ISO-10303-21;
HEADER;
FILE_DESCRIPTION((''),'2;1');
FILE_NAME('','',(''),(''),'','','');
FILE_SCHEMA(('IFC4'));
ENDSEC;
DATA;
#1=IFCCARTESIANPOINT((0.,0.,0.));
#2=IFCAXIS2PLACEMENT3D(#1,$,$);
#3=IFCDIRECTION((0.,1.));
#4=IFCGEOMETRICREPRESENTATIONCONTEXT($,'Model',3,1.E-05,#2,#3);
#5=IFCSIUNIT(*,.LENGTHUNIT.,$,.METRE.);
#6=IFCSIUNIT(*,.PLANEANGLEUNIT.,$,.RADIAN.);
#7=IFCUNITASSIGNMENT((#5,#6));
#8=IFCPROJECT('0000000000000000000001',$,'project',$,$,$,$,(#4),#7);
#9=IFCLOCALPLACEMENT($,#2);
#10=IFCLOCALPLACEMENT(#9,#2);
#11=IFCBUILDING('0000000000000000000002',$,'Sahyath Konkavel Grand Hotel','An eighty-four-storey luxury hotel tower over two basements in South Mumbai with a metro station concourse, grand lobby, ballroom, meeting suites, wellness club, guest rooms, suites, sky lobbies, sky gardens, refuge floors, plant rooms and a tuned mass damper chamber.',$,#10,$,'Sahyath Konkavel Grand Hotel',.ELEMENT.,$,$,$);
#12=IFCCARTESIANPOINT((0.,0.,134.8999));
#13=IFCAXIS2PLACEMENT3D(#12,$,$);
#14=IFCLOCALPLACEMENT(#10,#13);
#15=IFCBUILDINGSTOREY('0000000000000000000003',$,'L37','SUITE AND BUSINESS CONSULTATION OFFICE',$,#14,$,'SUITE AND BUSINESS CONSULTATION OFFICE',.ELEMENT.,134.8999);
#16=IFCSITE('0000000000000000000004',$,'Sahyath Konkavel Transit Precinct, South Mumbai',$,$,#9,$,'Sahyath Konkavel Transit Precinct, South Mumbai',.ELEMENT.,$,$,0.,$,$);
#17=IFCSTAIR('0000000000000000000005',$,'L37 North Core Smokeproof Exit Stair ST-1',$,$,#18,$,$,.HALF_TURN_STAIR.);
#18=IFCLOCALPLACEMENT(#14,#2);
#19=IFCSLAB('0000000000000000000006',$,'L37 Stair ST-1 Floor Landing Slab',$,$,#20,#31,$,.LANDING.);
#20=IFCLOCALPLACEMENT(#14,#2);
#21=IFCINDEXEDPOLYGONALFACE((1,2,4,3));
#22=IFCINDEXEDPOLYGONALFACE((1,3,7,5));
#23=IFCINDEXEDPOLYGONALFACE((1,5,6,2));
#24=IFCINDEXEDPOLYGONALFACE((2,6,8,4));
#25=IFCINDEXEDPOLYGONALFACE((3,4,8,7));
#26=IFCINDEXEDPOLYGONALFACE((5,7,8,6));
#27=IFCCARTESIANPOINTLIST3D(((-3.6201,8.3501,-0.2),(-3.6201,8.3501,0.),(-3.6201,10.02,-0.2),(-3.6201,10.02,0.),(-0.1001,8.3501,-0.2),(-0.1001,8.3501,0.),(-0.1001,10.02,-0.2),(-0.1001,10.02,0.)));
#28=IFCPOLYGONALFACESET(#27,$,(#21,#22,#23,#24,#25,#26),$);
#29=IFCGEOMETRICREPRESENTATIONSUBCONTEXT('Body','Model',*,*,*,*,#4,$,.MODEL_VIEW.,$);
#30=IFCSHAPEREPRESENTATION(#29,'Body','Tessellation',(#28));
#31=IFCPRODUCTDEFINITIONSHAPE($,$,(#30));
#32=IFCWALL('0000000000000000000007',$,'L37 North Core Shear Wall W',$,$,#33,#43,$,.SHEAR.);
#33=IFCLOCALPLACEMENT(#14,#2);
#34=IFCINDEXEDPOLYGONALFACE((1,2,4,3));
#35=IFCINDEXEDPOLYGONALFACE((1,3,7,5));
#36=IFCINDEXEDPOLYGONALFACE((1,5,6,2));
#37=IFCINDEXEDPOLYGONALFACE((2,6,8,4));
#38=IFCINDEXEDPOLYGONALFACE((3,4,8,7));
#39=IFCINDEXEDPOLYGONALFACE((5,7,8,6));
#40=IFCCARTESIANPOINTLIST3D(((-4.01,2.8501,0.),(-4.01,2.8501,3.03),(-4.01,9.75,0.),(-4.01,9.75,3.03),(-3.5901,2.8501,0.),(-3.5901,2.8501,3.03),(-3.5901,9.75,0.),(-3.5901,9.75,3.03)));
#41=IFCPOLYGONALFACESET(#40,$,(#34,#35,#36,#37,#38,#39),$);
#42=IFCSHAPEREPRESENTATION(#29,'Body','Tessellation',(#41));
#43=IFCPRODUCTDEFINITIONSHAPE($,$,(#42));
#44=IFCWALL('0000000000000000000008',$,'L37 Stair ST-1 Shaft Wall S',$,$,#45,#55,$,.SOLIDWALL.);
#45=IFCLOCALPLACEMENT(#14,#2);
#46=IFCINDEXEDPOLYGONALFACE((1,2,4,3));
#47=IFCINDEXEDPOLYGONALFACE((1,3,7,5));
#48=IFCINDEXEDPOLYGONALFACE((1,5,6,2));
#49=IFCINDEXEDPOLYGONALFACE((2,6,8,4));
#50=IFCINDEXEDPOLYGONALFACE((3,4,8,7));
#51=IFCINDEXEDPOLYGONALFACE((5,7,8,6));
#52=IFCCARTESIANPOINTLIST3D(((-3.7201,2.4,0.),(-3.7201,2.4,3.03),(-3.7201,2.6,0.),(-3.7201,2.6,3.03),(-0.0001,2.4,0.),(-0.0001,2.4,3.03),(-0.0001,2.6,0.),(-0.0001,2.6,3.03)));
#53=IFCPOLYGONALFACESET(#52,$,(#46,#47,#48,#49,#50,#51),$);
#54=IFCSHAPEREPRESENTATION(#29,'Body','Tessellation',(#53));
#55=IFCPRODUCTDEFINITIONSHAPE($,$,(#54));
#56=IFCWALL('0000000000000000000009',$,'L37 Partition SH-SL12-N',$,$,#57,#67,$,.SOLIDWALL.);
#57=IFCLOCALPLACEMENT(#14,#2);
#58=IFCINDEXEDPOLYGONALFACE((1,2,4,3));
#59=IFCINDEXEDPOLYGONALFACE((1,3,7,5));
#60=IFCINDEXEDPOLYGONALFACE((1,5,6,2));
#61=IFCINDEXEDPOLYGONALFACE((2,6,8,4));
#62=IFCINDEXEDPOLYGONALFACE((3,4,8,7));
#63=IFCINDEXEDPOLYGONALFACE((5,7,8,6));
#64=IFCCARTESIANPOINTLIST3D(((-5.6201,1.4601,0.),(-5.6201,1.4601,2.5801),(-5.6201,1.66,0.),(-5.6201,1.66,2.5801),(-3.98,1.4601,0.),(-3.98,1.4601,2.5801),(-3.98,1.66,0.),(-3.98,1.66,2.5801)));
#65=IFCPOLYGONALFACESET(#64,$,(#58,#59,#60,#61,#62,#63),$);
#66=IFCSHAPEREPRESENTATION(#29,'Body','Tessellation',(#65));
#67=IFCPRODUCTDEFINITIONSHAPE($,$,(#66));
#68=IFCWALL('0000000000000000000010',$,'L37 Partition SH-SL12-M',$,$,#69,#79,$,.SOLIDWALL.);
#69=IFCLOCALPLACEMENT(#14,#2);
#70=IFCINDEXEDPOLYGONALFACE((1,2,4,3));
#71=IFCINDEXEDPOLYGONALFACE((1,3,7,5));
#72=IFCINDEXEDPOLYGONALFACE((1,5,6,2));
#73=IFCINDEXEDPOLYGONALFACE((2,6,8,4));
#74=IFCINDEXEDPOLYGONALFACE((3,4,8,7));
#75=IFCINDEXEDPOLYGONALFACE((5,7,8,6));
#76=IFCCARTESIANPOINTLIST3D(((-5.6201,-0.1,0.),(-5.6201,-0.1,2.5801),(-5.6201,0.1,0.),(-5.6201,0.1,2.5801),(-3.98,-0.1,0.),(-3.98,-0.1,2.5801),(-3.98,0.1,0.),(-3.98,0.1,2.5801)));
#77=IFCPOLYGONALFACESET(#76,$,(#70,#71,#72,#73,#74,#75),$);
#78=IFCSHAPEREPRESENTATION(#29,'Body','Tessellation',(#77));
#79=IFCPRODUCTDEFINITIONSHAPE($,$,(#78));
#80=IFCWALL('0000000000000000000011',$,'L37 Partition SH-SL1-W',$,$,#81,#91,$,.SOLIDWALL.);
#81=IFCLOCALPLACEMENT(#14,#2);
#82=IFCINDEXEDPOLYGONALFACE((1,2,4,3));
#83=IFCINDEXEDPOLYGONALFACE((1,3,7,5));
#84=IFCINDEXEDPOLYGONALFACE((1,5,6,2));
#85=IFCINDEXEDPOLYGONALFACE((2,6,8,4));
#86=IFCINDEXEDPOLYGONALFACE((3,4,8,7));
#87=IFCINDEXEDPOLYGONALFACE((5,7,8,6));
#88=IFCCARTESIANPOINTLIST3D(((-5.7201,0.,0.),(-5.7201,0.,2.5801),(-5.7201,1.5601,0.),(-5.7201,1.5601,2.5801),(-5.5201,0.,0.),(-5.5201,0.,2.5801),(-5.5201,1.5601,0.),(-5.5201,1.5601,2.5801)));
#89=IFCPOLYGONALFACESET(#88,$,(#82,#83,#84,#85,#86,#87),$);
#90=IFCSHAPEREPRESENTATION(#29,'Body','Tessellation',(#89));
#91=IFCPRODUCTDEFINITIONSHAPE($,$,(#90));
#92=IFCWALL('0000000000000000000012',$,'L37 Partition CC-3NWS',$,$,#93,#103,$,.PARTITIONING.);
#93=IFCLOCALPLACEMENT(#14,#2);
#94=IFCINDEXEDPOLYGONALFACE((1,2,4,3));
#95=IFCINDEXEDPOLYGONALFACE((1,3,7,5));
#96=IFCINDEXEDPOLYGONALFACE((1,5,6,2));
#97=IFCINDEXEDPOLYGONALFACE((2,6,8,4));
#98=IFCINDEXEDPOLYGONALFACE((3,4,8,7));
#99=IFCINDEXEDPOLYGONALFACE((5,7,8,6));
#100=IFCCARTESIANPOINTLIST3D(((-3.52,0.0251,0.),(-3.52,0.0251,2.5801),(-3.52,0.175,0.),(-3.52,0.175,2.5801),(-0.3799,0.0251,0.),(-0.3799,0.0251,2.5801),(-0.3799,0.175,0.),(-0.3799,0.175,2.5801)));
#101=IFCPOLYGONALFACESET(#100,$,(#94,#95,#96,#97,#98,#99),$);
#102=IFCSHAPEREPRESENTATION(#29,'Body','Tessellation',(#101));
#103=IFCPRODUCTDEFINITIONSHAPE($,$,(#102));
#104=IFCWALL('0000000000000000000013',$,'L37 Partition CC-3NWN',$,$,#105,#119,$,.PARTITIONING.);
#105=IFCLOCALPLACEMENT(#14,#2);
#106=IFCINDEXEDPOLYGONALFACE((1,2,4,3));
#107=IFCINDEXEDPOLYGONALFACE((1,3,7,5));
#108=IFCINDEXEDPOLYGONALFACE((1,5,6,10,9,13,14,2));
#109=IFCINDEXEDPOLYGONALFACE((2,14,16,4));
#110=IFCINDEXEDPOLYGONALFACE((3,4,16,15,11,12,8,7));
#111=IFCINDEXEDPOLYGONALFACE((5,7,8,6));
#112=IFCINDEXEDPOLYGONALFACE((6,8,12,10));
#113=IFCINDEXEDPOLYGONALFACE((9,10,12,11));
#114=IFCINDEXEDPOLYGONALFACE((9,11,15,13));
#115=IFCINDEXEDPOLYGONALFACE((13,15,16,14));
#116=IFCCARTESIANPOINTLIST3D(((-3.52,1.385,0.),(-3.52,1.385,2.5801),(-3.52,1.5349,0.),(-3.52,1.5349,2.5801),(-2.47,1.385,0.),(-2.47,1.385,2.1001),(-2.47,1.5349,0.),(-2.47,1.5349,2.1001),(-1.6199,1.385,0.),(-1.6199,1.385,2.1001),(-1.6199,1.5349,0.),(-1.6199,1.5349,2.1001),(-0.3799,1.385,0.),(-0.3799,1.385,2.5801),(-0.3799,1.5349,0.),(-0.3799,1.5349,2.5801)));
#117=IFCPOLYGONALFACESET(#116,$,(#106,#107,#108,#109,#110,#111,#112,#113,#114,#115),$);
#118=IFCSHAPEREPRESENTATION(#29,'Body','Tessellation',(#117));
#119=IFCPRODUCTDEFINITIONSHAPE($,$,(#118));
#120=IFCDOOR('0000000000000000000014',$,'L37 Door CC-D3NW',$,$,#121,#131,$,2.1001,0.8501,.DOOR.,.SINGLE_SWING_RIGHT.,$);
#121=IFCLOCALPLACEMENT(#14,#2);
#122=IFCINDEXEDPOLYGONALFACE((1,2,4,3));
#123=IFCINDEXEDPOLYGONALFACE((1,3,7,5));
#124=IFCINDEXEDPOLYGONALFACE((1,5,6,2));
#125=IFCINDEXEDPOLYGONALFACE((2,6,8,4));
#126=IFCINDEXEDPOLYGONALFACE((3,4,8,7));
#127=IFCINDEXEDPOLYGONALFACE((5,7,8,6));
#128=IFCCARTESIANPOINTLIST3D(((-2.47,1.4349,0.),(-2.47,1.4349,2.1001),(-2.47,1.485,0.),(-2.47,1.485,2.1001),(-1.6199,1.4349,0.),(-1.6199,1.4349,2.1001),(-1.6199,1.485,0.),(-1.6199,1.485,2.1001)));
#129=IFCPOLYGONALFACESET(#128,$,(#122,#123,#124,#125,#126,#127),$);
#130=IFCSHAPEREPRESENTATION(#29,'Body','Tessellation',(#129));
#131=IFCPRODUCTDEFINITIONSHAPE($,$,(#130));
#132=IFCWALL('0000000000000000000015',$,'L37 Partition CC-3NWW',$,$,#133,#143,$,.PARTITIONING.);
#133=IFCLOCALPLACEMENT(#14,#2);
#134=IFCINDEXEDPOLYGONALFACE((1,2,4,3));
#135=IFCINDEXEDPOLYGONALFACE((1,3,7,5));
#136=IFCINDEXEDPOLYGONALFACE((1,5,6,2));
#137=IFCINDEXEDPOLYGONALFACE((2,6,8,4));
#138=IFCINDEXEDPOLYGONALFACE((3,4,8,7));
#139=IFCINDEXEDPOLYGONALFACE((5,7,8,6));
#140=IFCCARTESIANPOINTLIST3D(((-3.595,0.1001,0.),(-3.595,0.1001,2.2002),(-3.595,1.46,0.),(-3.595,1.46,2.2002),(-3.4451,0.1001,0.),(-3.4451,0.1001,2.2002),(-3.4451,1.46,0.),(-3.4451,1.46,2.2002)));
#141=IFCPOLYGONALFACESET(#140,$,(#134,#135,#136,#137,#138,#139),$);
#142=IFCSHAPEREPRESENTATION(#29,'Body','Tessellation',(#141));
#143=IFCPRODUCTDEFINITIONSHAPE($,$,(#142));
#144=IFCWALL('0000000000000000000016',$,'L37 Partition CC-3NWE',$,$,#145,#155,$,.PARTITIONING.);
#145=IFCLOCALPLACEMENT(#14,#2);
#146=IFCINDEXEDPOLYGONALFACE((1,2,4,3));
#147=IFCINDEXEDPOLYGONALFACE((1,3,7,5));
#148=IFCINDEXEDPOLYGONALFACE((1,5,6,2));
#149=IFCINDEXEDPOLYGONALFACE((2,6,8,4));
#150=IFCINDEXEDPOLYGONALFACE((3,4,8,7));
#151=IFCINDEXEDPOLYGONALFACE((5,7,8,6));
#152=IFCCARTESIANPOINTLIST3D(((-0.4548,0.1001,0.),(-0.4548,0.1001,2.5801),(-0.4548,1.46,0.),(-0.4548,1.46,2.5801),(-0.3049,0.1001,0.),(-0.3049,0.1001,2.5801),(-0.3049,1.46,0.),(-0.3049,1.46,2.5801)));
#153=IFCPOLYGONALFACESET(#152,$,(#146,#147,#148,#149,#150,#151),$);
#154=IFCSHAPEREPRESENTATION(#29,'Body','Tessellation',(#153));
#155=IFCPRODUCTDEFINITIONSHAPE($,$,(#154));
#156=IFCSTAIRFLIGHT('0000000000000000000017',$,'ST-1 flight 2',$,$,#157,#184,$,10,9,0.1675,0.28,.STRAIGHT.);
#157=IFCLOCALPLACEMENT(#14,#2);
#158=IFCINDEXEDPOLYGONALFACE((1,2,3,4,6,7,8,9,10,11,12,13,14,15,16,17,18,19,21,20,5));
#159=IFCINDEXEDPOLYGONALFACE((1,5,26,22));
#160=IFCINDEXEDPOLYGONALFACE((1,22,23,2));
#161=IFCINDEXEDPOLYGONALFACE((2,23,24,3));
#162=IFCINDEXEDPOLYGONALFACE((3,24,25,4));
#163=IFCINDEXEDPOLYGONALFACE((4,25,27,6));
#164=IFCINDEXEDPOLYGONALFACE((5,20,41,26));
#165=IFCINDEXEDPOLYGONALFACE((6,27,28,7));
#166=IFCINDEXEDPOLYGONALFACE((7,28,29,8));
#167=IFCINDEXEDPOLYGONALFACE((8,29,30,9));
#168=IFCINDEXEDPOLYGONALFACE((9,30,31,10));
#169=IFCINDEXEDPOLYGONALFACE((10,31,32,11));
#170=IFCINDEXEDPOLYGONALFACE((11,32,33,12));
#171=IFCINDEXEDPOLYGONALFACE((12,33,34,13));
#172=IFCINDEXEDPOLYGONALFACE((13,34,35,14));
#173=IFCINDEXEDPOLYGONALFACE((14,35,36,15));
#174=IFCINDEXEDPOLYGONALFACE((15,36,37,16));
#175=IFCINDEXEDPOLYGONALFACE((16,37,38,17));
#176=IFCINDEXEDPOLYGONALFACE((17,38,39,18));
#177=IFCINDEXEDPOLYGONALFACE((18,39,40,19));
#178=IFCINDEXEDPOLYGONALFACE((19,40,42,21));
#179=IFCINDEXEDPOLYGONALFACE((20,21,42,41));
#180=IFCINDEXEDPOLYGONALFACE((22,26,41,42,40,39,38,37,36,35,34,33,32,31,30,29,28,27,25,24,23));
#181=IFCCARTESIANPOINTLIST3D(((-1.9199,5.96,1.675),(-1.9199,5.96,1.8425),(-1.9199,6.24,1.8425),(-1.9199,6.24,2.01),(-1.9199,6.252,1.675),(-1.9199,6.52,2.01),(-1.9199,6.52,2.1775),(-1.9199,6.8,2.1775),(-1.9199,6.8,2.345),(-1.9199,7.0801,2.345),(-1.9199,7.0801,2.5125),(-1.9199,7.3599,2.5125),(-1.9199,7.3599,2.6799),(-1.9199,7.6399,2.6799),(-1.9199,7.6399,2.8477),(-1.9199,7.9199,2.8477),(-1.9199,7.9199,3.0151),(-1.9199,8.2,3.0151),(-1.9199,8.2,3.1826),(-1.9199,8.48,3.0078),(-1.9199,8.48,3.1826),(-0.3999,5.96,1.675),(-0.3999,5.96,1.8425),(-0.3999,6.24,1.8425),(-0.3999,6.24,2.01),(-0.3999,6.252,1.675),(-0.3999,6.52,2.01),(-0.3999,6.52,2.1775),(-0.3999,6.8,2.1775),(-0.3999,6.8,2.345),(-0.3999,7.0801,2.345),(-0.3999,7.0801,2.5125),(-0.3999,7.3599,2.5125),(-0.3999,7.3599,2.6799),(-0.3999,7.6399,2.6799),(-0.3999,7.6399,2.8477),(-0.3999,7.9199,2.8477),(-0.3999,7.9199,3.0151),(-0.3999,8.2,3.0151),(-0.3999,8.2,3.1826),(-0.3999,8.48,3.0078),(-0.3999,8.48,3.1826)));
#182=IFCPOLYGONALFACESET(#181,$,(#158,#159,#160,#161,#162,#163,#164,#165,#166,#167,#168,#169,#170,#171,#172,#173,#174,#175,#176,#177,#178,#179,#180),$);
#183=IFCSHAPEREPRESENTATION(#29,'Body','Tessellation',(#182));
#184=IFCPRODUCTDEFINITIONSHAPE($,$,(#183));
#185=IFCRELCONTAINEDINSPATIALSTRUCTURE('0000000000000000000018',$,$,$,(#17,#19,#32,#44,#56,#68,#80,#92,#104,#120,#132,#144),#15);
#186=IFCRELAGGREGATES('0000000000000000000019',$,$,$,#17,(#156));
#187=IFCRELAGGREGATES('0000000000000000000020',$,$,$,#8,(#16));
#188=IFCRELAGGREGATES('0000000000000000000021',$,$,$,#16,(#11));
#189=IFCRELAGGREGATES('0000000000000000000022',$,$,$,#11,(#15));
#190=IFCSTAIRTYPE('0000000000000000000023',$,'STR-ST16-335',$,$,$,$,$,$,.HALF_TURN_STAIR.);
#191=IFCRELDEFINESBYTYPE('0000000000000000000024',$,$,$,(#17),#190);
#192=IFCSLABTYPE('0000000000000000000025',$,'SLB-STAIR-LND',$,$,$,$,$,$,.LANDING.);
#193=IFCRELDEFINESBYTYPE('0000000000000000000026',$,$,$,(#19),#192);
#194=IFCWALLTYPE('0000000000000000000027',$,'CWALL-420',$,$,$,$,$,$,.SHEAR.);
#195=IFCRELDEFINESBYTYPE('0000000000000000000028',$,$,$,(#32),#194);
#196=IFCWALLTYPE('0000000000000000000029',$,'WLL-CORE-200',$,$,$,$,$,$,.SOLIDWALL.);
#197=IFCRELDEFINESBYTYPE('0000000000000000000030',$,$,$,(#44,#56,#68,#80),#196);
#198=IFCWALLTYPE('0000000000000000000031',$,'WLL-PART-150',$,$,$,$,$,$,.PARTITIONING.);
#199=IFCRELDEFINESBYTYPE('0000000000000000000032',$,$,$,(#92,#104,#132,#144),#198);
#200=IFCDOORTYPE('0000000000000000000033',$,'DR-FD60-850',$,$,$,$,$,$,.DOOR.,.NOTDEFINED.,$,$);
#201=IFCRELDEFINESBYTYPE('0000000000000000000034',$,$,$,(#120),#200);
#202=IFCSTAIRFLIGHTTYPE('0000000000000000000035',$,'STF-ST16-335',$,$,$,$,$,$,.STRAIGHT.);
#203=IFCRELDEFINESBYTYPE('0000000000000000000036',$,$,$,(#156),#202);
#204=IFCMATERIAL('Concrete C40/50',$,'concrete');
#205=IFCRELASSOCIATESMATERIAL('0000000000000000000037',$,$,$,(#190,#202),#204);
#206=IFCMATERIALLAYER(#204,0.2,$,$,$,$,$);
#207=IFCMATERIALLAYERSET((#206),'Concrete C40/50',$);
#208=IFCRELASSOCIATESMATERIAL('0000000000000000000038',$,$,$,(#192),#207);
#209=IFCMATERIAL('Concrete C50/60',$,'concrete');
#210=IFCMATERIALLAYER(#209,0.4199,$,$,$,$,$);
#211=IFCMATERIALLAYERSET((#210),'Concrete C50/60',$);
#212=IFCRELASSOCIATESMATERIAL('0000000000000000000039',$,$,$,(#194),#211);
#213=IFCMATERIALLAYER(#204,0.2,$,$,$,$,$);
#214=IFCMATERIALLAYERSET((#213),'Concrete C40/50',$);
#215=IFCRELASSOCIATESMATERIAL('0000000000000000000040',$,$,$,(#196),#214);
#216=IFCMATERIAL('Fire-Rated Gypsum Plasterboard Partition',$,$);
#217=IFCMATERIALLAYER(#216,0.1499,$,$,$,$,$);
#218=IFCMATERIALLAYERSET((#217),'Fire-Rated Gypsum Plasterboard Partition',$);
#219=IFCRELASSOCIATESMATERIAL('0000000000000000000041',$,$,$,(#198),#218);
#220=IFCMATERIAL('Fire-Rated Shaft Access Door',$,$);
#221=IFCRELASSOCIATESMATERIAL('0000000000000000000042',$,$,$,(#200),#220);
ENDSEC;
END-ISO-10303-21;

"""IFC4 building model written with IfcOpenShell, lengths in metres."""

from ifc_helpers import new_model, si_unit, direction, frame, frame_2d, origin, origin_2d, place, context, subcontext, project, spatial, polyline, rectangle, outline, extrude, source, transform, mapped, material, layer, layer_set, type_object, element, fill, aggregate, save


model = new_model("IFC4")

# Units and contexts
model_context = context("Model", 3, precision=1e-05, world=origin(), true_north=direction((0.0, 1.0)))
body_context = subcontext(model_context, "Body", "Model", "MODEL_VIEW")
ifc_project = project(units=[si_unit("LENGTHUNIT", "METRE"), si_unit("PLANEANGLEUNIT", "RADIAN")], contexts=[model_context])

# Site, building, storey
site_placement = place(None, origin())
site = spatial("IfcSite", under=ifc_project, at=site_placement, Name="Sahyath Konkavel Transit Precinct, South Mumbai", LongName="Sahyath Konkavel Transit Precinct, South Mumbai", CompositionType="ELEMENT", RefElevation=0.0)
building_placement = place(site_placement, origin())
building = spatial("IfcBuilding", under=site, at=building_placement, Name="Sahyath Konkavel Grand Hotel", Description="An eighty-four-storey luxury hotel tower over two basements in South Mumbai with a metro station concourse, grand lobby, ballroom, meeting suites, wellness club, guest rooms, suites, sky lobbies, sky gardens, refuge floors, plant rooms and a tuned mass damper chamber.", LongName="Sahyath Konkavel Grand Hotel", CompositionType="ELEMENT")
storey_placement = place(building_placement, frame((0.0, 0.0, 134.8999)))
storey = spatial("IfcBuildingStorey", under=building, at=storey_placement, Name="L37", Description="SUITE AND BUSINESS CONSULTATION OFFICE", LongName="SUITE AND BUSINESS CONSULTATION OFFICE", CompositionType="ELEMENT", Elevation=134.8999)

# Shared definitions
ifc_material_1 = material(Name="Concrete C50/60", Category="concrete")

# Shared definitions
ifc_material_2 = material(Name="Concrete C40/50", Category="concrete")

# Stair
stair_type = type_object("IfcStairType", Name="STR-ST16-335", PredefinedType="HALF_TURN_STAIR", material=ifc_material_2)
stair_1_placement = place(storey_placement, origin())
stair_1 = element("IfcStair", 1, at=stair_1_placement, inside=storey, type_object=stair_type, Name="L37 North Core Smokeproof Exit Stair ST-1", PredefinedType="HALF_TURN_STAIR")
ifc_layer_1 = layer(ifc_material_2, 0.2)
ifc_layer_set_1 = layer_set([ifc_layer_1], Name="Concrete C40/50")
slab_type_1 = type_object("IfcSlabType", Name="SLB-STAIR-LND", PredefinedType="LANDING", material=ifc_layer_set_1)

# Slab
slab_1_placement = place(storey_placement, frame((0.0, 0.0, -0.2)))
element("IfcSlab", 2, at=slab_1_placement, inside=storey, type_object=slab_type_1, Name="L37 Stair ST-1 Floor Landing Slab", PredefinedType="LANDING", context=body_context, shape_type="SweptSolid", body=[
    extrude(outline(polyline([(-3.6201, 8.3501), (-0.1001, 8.3501), (-0.1001, 10.02), (-3.6201, 10.02), (-3.6201, 8.3501)])), origin(), (0.0, 0.0, 1.0), 0.2),
])

# Walls
ifc_layer_2 = layer(ifc_material_1, 0.4199)
ifc_layer_set_2 = layer_set([ifc_layer_2], Name="Concrete C50/60")
wall_type_1 = type_object("IfcWallType", Name="CWALL-420", PredefinedType="SHEAR", material=ifc_layer_set_2)
wall_1_placement = place(storey_placement, frame((-3.8, 2.8501, 0.0), z_axis=(0.0, 0.0, 1.0), x_axis=(0.0, 1.0, 0.0)))
element("IfcWall", 3, at=wall_1_placement, inside=storey, type_object=wall_type_1, Name="L37 North Core Shear Wall W", PredefinedType="SHEAR", context=body_context, shape_type="SweptSolid", body=[
    extrude(rectangle(XDim=6.8999, YDim=0.4199, at=frame_2d((3.45, 0.0))), origin(), (0.0, 0.0, 1.0), 3.03),
])
ifc_layer_3 = layer(ifc_material_2, 0.2)
ifc_layer_set_3 = layer_set([ifc_layer_3], Name="Concrete C40/50")
wall_type_2 = type_object("IfcWallType", Name="WLL-CORE-200", PredefinedType="SOLIDWALL", material=ifc_layer_set_3)
wall_2_placement = place(storey_placement, frame((-3.72, 2.5, 0.0), z_axis=(0.0, 0.0, 1.0), x_axis=(1.0, 0.0, 0.0)))
element("IfcWall", 4, at=wall_2_placement, inside=storey, type_object=wall_type_2, Name="L37 Stair ST-1 Shaft Wall S", PredefinedType="SOLIDWALL", context=body_context, shape_type="SweptSolid", body=[
    extrude(rectangle(XDim=3.72, YDim=0.2, at=frame_2d((1.8599, 0.0))), origin(), (0.0, 0.0, 1.0), 3.03),
])
for number, where, z_axis, x_axis, name in (
    (5, (-5.6201, 1.5601, 0.0), (0.0, 0.0, 1.0), (1.0, 0.0, 0.0), "L37 Partition SH-SL12-N"),
    (6, (-5.6201, 0.0, 0.0), (0.0, 0.0, 1.0), (1.0, 0.0, 0.0), "L37 Partition SH-SL12-M"),
):
    element("IfcWall", number, at=place(storey_placement, frame(where, z_axis=z_axis, x_axis=x_axis)), inside=storey, type_object=wall_type_2, Name=name, PredefinedType="SOLIDWALL", context=body_context, shape_type="SweptSolid", body=[
        extrude(rectangle(XDim=1.6401, YDim=0.2, at=frame_2d((0.8201, 0.0))), origin(), (0.0, 0.0, 1.0), 2.5801),
    ])
wall_3_placement = place(storey_placement, frame((-5.6201, 0.0, 0.0), z_axis=(0.0, 0.0, 1.0), x_axis=(0.0, 1.0, 0.0)))
element("IfcWall", 7, at=wall_3_placement, inside=storey, type_object=wall_type_2, Name="L37 Partition SH-SL1-W", PredefinedType="SOLIDWALL", context=body_context, shape_type="SweptSolid", body=[
    extrude(rectangle(XDim=1.5601, YDim=0.2, at=frame_2d((0.78, 0.0))), origin(), (0.0, 0.0, 1.0), 2.5801),
])
ifc_material_3 = material(Name="Fire-Rated Gypsum Plasterboard Partition")
ifc_layer_4 = layer(ifc_material_3, 0.1499)
ifc_layer_set_4 = layer_set([ifc_layer_4], Name="Fire-Rated Gypsum Plasterboard Partition")
wall_type_3 = type_object("IfcWallType", Name="WLL-PART-150", PredefinedType="PARTITIONING", material=ifc_layer_set_4)
wall_4_placement = place(storey_placement, frame((-3.52, 0.1001, 0.0), z_axis=(0.0, 0.0, 1.0), x_axis=(1.0, 0.0, 0.0)))
element("IfcWall", 8, at=wall_4_placement, inside=storey, type_object=wall_type_3, Name="L37 Partition CC-3NWS", PredefinedType="PARTITIONING", context=body_context, shape_type="SweptSolid", body=[
    extrude(rectangle(XDim=3.1401, YDim=0.1499, at=frame_2d((1.5701, 0.0))), origin(), (0.0, 0.0, 1.0), 2.5801),
])

# Wall, opening, door
wall_5_placement = place(storey_placement, frame((-3.52, 1.46, 0.0), z_axis=(0.0, 0.0, 1.0), x_axis=(1.0, 0.0, 0.0)))
wall_5 = element("IfcWall", 9, at=wall_5_placement, inside=storey, type_object=wall_type_3, Name="L37 Partition CC-3NWN", PredefinedType="PARTITIONING", context=body_context, shape_type="SweptSolid", body=[
    extrude(rectangle(XDim=3.1401, YDim=0.1499, at=frame_2d((1.5701, 0.0))), origin(), (0.0, 0.0, 1.0), 2.5801),
])
opening_placement = place(wall_5_placement, frame((1.05, 0.0, 0.0)))
opening = element("IfcOpeningElement", 10, at=opening_placement, cuts=wall_5, PredefinedType="OPENING", context=body_context, shape_type="SweptSolid", body=[
    extrude(rectangle(XDim=0.8501, YDim=2.1001, at=frame_2d((0.425, 1.05))), frame((0.0, 0.085, 0.0), z_axis=(0.0, -1.0, 0.0), x_axis=(1.0, 0.0, 0.0)), (0.0, 0.0, 1.0), 0.1699),
])
ifc_material_4 = material(Name="Fire-Rated Shaft Access Door")
door_type = type_object("IfcDoorType", Name="DR-FD60-850", OperationType="NOTDEFINED", PredefinedType="DOOR", material=ifc_material_4)
shared_shape_1 = source(origin(), body_context, "Body", "SweptSolid", [
    extrude(rectangle(XDim=0.8501, YDim=0.05, at=origin_2d()), origin(), (0.0, 0.0, 1.0), 2.1001),
])
door_placement = place(opening_placement, frame((0.425, 0.0, 0.0)))
door = element("IfcDoor", 11, at=door_placement, inside=storey, type_object=door_type, Name="L37 Door CC-D3NW", OperationType="SINGLE_SWING_RIGHT", OverallHeight=2.1001, OverallWidth=0.8501, PredefinedType="DOOR", context=body_context, shape_type="MappedRepresentation", body=[
    mapped(shared_shape_1, transform((0.0, 0.0, 0.0), scale=1.0)),
])
fill(opening, door)

# Walls
wall_6_placement = place(storey_placement, frame((-3.52, 0.1001, 0.0), z_axis=(0.0, 0.0, 1.0), x_axis=(0.0, 1.0, 0.0)))
element("IfcWall", 12, at=wall_6_placement, inside=storey, type_object=wall_type_3, Name="L37 Partition CC-3NWW", PredefinedType="PARTITIONING", context=body_context, shape_type="SweptSolid", body=[
    extrude(rectangle(XDim=1.3599, YDim=0.1499, at=frame_2d((0.6799, 0.0))), origin(), (0.0, 0.0, 1.0), 2.2002),
])
wall_7_placement = place(storey_placement, frame((-0.3799, 0.1001, 0.0), z_axis=(0.0, 0.0, 1.0), x_axis=(0.0, 1.0, 0.0)))
element("IfcWall", 13, at=wall_7_placement, inside=storey, type_object=wall_type_3, Name="L37 Partition CC-3NWE", PredefinedType="PARTITIONING", context=body_context, shape_type="SweptSolid", body=[
    extrude(rectangle(XDim=1.3599, YDim=0.1499, at=frame_2d((0.6799, 0.0))), origin(), (0.0, 0.0, 1.0), 2.5801),
])

# Stair flight
stair_flight_type = type_object("IfcStairFlightType", Name="STF-ST16-335", PredefinedType="STRAIGHT", material=ifc_material_2)
stair_flight_placement = place(storey_placement, frame((-1.1599, 5.96, 1.675), z_axis=(0.0, 0.0, 1.0), x_axis=(0.0, 1.0, 0.0)))
stair_flight = element("IfcStairFlight", 14, at=stair_flight_placement, type_object=stair_flight_type, Name="ST-1 flight 2", NumberOfRisers=10, NumberOfTreads=9, PredefinedType="STRAIGHT", RiserHeight=0.1675, TreadLength=0.28, context=body_context, shape_type="SweptSolid", body=[
    extrude(outline(polyline([(0.0, 0.0), (0.0, 0.1675), (0.28, 0.1675), (0.28, 0.335), (0.5601, 0.335), (0.5601, 0.5024), (0.8401, 0.5024), (0.8401, 0.6699), (1.1201, 0.6699), (1.1201, 0.8374), (1.3999, 0.8374), (1.3999, 1.0049), (1.6799, 1.0049), (1.6799, 1.1726), (1.96, 1.1726), (1.96, 1.3401), (2.24, 1.3401), (2.24, 1.5076), (2.52, 1.5076), (2.52, 1.675), (2.52, 1.3328), (0.292, 0.0), (0.0, 0.0)])), frame((0.0, 0.76, 0.0), z_axis=(0.0, -1.0, 0.0), x_axis=(1.0, 0.0, 0.0)), (0.0, 0.0, 1.0), 1.52),
])
aggregate(stair_1, [stair_flight])

save(model, "model.ifc")
